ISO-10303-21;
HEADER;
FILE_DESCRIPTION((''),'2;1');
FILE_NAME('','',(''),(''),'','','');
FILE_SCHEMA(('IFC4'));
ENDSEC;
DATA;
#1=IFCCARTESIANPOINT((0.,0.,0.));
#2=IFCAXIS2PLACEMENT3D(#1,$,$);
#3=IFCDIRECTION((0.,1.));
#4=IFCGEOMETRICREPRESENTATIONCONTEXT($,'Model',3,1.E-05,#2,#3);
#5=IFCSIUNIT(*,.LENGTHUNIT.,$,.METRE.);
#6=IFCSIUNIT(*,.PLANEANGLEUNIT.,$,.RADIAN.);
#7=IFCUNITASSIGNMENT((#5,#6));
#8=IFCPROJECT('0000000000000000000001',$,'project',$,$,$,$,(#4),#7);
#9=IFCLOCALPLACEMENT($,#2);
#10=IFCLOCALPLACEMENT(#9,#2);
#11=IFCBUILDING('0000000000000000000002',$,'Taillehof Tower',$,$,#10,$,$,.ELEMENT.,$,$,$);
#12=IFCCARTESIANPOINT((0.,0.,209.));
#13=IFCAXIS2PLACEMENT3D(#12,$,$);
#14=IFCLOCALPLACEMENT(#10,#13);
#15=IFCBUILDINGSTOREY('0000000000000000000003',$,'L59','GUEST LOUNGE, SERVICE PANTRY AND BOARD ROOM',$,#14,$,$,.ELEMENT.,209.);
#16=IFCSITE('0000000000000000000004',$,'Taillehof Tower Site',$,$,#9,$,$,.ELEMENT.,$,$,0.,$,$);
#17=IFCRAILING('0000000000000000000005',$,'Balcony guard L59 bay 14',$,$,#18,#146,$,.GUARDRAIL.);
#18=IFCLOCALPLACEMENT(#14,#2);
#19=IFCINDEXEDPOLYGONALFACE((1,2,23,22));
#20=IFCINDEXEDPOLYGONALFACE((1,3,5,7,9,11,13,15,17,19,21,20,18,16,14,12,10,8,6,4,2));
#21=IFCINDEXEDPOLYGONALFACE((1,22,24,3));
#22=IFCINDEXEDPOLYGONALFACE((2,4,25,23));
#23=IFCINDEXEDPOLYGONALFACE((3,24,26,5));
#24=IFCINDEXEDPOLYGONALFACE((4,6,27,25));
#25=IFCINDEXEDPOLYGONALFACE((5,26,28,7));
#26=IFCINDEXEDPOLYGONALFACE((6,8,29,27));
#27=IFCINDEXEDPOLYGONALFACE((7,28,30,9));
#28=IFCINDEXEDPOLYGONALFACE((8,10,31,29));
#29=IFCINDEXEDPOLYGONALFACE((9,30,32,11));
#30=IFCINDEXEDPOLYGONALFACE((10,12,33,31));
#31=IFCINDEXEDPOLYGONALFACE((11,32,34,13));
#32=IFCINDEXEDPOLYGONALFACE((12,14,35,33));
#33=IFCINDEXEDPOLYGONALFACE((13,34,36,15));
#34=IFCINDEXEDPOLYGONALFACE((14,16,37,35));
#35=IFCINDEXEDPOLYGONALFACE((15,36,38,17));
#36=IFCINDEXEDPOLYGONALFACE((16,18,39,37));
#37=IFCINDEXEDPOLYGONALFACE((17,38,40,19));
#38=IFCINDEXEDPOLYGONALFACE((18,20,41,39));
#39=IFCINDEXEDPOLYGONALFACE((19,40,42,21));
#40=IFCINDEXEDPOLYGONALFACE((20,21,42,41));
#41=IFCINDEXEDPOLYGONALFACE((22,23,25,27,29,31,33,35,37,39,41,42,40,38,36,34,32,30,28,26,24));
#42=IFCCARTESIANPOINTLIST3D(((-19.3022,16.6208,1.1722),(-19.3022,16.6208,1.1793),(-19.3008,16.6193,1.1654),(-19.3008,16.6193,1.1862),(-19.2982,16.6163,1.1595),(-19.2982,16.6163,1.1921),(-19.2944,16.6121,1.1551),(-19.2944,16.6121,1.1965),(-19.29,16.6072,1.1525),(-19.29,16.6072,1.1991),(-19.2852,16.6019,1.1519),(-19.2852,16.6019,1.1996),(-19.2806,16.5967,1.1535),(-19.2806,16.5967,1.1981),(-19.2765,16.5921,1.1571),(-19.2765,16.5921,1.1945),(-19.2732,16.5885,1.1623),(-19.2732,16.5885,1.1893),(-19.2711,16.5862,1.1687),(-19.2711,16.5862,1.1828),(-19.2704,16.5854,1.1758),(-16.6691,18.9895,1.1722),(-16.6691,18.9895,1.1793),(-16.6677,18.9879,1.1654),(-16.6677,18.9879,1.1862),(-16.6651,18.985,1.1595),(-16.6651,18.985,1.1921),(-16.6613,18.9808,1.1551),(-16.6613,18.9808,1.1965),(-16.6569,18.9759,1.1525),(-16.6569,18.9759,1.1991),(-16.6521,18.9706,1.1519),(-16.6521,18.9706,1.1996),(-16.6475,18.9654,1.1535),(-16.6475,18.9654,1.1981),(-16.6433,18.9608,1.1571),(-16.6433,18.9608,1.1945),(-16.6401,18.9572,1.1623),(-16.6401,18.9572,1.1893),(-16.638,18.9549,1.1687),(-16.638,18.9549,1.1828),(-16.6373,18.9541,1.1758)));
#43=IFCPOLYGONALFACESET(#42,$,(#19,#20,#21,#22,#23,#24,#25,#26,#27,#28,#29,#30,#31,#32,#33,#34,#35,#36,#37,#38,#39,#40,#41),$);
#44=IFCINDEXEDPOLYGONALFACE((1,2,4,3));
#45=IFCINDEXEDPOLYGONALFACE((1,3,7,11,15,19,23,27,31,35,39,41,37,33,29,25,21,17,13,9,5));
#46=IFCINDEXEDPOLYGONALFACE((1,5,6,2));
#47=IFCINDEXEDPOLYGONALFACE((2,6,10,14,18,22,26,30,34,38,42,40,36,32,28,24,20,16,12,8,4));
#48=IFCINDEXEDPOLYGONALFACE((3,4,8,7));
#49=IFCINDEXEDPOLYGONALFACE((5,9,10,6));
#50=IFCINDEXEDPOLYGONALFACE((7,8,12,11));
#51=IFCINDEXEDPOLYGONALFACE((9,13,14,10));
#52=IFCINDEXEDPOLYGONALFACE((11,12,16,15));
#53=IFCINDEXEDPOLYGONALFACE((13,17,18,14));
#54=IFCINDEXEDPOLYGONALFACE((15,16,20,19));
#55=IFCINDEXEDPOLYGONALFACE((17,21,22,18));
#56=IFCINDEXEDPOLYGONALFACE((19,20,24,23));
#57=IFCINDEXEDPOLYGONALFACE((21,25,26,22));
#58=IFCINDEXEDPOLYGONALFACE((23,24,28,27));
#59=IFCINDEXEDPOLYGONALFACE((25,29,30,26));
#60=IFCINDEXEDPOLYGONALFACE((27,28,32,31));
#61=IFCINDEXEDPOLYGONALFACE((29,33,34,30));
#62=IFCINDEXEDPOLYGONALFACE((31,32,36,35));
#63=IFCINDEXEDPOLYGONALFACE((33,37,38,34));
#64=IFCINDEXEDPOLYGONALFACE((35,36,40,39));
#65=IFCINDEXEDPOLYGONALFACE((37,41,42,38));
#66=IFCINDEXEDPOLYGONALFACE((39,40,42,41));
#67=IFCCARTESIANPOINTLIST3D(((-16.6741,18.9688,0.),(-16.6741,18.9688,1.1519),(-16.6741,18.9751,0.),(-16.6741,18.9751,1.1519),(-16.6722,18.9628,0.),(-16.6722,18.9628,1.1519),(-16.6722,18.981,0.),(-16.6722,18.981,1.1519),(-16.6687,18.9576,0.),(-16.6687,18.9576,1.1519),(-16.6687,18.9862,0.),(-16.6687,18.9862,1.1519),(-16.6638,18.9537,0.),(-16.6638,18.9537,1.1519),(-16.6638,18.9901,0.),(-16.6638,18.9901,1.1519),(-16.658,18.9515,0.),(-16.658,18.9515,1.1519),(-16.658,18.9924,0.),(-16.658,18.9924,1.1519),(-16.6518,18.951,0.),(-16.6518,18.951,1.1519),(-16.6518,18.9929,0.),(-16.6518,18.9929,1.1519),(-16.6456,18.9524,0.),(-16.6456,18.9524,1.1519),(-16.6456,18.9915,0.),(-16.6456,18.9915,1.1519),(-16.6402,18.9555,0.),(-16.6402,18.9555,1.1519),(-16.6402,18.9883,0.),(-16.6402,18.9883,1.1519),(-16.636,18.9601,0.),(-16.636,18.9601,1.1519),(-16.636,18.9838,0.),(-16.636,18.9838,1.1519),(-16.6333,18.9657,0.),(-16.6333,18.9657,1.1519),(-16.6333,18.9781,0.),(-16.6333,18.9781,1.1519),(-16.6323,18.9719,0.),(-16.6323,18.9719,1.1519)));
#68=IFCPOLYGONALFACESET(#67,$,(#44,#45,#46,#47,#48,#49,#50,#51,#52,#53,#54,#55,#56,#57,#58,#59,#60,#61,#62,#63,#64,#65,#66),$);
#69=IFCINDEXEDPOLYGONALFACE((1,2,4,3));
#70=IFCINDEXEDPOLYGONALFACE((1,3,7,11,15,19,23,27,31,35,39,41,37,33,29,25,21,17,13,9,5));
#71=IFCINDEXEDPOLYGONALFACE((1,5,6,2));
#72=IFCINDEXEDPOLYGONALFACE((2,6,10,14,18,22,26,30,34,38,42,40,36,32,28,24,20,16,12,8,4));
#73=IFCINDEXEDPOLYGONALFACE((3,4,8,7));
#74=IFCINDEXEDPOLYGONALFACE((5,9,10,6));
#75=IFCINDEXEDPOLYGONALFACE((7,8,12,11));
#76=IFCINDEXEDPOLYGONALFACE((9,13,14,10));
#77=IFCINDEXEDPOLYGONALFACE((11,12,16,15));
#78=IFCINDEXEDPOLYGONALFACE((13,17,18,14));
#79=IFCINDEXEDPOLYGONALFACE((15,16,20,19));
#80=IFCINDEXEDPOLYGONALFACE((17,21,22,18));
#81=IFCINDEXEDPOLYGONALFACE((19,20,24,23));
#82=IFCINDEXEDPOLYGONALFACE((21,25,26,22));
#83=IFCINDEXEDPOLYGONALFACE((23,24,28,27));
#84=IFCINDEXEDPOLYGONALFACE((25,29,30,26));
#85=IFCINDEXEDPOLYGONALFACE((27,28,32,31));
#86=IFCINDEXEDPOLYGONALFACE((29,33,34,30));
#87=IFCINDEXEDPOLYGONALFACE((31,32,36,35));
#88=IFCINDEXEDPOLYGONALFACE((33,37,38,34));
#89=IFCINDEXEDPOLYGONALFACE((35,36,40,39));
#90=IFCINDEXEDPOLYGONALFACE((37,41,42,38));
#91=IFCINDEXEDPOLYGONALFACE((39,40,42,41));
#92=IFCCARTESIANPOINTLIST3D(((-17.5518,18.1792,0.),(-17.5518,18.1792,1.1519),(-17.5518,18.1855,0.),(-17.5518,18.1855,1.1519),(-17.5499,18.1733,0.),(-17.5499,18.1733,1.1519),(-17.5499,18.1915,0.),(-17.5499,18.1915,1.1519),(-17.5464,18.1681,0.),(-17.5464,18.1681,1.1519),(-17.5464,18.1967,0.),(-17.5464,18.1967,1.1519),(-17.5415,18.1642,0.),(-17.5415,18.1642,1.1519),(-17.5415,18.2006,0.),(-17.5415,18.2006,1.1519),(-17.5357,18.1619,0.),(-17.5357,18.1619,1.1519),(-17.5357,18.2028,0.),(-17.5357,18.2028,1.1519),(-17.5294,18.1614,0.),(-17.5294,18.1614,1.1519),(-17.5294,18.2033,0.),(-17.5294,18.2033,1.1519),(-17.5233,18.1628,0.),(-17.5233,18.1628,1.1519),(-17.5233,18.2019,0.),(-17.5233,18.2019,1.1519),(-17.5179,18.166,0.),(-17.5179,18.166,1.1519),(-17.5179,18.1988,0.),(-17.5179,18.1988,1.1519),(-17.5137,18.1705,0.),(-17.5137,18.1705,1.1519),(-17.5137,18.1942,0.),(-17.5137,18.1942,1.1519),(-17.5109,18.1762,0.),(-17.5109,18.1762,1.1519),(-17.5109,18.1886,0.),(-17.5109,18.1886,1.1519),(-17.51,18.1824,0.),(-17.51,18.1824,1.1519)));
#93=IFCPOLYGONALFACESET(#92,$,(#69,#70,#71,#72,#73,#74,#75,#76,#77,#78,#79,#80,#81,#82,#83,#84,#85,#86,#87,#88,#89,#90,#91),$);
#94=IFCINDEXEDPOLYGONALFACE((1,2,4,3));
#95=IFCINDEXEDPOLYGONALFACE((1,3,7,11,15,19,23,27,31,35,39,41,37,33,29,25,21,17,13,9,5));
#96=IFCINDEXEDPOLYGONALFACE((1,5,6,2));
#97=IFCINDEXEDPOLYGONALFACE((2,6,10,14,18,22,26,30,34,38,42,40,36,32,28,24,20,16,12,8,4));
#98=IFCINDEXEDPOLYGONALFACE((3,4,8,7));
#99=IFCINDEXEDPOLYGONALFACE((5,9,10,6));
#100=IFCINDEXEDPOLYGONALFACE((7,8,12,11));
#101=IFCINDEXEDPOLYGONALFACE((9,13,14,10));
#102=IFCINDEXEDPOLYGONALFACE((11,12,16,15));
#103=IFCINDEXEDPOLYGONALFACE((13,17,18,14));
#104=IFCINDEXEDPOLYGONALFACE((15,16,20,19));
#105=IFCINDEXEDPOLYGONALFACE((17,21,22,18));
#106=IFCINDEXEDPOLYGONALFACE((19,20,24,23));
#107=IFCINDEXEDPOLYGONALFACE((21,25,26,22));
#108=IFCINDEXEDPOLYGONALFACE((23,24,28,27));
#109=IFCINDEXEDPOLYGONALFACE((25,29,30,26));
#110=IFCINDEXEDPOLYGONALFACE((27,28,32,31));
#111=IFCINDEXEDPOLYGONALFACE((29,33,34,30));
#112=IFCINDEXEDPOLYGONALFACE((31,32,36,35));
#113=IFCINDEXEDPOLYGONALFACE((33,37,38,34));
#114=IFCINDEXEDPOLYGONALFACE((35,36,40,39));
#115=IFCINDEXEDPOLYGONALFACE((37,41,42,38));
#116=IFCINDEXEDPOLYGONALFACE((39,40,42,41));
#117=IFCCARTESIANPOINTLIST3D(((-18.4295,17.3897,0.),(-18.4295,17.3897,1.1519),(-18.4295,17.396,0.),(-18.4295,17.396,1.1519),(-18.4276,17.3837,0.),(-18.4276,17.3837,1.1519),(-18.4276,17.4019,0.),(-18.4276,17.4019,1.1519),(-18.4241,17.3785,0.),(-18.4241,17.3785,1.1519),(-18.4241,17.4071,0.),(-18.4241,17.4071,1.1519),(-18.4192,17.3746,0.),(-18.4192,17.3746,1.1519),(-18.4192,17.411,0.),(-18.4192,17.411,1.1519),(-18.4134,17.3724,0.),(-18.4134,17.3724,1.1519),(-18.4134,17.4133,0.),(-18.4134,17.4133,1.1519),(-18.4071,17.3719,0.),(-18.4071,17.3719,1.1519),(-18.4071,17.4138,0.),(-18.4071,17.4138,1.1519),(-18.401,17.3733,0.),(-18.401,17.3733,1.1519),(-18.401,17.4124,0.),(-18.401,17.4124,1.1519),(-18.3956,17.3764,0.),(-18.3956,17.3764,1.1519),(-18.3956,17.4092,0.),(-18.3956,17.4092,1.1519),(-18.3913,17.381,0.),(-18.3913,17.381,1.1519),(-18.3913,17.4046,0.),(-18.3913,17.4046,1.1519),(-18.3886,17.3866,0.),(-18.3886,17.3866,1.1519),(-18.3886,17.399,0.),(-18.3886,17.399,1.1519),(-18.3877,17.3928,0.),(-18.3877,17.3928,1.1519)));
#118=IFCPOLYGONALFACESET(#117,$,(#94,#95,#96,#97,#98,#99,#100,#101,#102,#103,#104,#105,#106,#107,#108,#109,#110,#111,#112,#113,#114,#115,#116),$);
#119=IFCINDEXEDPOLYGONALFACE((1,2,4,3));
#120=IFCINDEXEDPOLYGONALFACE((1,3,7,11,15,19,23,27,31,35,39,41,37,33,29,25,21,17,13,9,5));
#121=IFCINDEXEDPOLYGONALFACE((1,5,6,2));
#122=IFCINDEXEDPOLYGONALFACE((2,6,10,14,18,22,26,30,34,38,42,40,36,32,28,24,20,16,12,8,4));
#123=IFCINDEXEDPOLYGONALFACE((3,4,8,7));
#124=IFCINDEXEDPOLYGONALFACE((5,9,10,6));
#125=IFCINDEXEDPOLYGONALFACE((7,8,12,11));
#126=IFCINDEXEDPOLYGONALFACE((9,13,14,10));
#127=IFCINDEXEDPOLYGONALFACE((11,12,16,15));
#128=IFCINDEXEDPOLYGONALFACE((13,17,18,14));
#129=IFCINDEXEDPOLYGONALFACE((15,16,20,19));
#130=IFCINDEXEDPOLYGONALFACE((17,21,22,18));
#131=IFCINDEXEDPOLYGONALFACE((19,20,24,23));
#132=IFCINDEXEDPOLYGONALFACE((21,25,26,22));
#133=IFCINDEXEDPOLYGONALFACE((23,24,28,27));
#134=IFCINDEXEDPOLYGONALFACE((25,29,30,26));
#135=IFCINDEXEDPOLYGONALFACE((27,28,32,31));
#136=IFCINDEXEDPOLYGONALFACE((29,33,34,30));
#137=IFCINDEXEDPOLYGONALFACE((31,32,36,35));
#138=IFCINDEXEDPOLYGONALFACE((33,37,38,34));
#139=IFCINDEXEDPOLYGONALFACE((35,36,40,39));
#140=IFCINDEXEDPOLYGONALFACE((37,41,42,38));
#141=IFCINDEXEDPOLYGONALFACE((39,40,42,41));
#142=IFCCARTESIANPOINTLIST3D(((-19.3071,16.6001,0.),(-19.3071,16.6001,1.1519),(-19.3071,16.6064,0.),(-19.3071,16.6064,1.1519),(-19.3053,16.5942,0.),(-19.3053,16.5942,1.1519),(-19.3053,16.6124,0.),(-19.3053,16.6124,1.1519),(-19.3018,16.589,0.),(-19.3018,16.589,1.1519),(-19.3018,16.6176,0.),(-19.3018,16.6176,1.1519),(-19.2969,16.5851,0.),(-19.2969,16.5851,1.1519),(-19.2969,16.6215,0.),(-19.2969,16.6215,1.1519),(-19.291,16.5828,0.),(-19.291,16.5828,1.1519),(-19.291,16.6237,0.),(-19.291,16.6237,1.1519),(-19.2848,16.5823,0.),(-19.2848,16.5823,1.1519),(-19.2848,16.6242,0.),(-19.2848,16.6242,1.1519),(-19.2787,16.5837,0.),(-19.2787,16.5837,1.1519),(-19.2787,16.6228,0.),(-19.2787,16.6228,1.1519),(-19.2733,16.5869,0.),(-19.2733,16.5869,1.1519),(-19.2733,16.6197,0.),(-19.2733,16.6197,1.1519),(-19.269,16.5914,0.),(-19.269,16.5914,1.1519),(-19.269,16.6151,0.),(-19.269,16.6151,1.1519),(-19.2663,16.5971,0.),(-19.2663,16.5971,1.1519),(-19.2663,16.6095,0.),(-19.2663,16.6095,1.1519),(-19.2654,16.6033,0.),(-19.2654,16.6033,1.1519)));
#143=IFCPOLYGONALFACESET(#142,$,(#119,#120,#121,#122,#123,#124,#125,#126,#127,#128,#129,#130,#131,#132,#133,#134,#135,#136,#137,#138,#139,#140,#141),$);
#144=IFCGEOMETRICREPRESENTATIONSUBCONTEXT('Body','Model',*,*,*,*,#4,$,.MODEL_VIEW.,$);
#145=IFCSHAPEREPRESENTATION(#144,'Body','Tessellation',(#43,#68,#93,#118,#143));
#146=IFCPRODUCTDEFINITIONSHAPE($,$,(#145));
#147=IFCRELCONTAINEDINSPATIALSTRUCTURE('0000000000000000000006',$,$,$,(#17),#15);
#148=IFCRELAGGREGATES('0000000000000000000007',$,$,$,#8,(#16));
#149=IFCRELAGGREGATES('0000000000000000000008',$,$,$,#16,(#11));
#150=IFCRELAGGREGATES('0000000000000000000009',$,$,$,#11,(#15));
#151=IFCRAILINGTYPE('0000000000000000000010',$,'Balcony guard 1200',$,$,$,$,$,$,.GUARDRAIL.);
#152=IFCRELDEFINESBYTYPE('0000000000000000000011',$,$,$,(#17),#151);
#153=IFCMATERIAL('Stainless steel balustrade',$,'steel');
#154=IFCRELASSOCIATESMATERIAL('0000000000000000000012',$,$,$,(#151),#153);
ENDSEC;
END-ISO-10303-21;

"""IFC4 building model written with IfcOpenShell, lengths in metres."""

from ifc_helpers import new_model, si_unit, direction, frame, origin, origin_2d, place, context, subcontext, project, spatial, circle, extrude, material, type_object, element, save


model = new_model("IFC4")

# Units and contexts
model_context = context("Model", 3, precision=1e-05, world=origin(), true_north=direction((0.0, 1.0)))
body_context = subcontext(model_context, "Body", "Model", "MODEL_VIEW")
ifc_project = project(units=[si_unit("LENGTHUNIT", "METRE"), si_unit("PLANEANGLEUNIT", "RADIAN")], contexts=[model_context])

# Site, building, storey
site_placement = place(None, origin())
site = spatial("IfcSite", under=ifc_project, at=site_placement, Name="Taillehof Tower Site", CompositionType="ELEMENT", RefElevation=0.0)
building_placement = place(site_placement, origin())
building = spatial("IfcBuilding", under=site, at=building_placement, Name="Taillehof Tower", CompositionType="ELEMENT")
storey_placement = place(building_placement, frame((0.0, 0.0, 209.0)))
storey = spatial("IfcBuildingStorey", under=building, at=storey_placement, Name="L59", Description="GUEST LOUNGE, SERVICE PANTRY AND BOARD ROOM", CompositionType="ELEMENT", Elevation=209.0)

# Railing
ifc_material_1 = material(Name="Stainless steel balustrade", Category="steel")
railing_type_1 = type_object("IfcRailingType", Name="Balcony guard 1200", PredefinedType="GUARDRAIL", material=ifc_material_1)
railing_1_placement = place(storey_placement, frame((-16.6533, 18.9719, 0.0)))
element("IfcRailing", 1, at=railing_1_placement, inside=storey, type_object=railing_type_1, Name="Balcony guard L59 bay 14", PredefinedType="GUARDRAIL", context=body_context, shape_type="SweptSolid", body=[
    extrude(circle(Radius=0.0239, at=origin_2d()), frame((0.0, 0.0, 1.1758), z_axis=(-0.743448, -0.668793, 0.0), x_axis=(0.668793, -0.743448, 0.0)), (0.0, 0.0, 1.0), 3.5417),
    extrude(circle(Radius=0.021, at=origin_2d()), origin(), (0.0, 0.0, 1.0), 1.1519),
    extrude(circle(Radius=0.021, at=origin_2d()), frame((-0.8777, -0.7896, 0.0)), (0.0, 0.0, 1.0), 1.1519),
    extrude(circle(Radius=0.021, at=origin_2d()), frame((-1.7554, -1.5791, 0.0)), (0.0, 0.0, 1.0), 1.1519),
    extrude(circle(Radius=0.021, at=origin_2d()), frame((-2.6331, -2.3687, 0.0)), (0.0, 0.0, 1.0), 1.1519),
])

save(model, "model.ifc")
